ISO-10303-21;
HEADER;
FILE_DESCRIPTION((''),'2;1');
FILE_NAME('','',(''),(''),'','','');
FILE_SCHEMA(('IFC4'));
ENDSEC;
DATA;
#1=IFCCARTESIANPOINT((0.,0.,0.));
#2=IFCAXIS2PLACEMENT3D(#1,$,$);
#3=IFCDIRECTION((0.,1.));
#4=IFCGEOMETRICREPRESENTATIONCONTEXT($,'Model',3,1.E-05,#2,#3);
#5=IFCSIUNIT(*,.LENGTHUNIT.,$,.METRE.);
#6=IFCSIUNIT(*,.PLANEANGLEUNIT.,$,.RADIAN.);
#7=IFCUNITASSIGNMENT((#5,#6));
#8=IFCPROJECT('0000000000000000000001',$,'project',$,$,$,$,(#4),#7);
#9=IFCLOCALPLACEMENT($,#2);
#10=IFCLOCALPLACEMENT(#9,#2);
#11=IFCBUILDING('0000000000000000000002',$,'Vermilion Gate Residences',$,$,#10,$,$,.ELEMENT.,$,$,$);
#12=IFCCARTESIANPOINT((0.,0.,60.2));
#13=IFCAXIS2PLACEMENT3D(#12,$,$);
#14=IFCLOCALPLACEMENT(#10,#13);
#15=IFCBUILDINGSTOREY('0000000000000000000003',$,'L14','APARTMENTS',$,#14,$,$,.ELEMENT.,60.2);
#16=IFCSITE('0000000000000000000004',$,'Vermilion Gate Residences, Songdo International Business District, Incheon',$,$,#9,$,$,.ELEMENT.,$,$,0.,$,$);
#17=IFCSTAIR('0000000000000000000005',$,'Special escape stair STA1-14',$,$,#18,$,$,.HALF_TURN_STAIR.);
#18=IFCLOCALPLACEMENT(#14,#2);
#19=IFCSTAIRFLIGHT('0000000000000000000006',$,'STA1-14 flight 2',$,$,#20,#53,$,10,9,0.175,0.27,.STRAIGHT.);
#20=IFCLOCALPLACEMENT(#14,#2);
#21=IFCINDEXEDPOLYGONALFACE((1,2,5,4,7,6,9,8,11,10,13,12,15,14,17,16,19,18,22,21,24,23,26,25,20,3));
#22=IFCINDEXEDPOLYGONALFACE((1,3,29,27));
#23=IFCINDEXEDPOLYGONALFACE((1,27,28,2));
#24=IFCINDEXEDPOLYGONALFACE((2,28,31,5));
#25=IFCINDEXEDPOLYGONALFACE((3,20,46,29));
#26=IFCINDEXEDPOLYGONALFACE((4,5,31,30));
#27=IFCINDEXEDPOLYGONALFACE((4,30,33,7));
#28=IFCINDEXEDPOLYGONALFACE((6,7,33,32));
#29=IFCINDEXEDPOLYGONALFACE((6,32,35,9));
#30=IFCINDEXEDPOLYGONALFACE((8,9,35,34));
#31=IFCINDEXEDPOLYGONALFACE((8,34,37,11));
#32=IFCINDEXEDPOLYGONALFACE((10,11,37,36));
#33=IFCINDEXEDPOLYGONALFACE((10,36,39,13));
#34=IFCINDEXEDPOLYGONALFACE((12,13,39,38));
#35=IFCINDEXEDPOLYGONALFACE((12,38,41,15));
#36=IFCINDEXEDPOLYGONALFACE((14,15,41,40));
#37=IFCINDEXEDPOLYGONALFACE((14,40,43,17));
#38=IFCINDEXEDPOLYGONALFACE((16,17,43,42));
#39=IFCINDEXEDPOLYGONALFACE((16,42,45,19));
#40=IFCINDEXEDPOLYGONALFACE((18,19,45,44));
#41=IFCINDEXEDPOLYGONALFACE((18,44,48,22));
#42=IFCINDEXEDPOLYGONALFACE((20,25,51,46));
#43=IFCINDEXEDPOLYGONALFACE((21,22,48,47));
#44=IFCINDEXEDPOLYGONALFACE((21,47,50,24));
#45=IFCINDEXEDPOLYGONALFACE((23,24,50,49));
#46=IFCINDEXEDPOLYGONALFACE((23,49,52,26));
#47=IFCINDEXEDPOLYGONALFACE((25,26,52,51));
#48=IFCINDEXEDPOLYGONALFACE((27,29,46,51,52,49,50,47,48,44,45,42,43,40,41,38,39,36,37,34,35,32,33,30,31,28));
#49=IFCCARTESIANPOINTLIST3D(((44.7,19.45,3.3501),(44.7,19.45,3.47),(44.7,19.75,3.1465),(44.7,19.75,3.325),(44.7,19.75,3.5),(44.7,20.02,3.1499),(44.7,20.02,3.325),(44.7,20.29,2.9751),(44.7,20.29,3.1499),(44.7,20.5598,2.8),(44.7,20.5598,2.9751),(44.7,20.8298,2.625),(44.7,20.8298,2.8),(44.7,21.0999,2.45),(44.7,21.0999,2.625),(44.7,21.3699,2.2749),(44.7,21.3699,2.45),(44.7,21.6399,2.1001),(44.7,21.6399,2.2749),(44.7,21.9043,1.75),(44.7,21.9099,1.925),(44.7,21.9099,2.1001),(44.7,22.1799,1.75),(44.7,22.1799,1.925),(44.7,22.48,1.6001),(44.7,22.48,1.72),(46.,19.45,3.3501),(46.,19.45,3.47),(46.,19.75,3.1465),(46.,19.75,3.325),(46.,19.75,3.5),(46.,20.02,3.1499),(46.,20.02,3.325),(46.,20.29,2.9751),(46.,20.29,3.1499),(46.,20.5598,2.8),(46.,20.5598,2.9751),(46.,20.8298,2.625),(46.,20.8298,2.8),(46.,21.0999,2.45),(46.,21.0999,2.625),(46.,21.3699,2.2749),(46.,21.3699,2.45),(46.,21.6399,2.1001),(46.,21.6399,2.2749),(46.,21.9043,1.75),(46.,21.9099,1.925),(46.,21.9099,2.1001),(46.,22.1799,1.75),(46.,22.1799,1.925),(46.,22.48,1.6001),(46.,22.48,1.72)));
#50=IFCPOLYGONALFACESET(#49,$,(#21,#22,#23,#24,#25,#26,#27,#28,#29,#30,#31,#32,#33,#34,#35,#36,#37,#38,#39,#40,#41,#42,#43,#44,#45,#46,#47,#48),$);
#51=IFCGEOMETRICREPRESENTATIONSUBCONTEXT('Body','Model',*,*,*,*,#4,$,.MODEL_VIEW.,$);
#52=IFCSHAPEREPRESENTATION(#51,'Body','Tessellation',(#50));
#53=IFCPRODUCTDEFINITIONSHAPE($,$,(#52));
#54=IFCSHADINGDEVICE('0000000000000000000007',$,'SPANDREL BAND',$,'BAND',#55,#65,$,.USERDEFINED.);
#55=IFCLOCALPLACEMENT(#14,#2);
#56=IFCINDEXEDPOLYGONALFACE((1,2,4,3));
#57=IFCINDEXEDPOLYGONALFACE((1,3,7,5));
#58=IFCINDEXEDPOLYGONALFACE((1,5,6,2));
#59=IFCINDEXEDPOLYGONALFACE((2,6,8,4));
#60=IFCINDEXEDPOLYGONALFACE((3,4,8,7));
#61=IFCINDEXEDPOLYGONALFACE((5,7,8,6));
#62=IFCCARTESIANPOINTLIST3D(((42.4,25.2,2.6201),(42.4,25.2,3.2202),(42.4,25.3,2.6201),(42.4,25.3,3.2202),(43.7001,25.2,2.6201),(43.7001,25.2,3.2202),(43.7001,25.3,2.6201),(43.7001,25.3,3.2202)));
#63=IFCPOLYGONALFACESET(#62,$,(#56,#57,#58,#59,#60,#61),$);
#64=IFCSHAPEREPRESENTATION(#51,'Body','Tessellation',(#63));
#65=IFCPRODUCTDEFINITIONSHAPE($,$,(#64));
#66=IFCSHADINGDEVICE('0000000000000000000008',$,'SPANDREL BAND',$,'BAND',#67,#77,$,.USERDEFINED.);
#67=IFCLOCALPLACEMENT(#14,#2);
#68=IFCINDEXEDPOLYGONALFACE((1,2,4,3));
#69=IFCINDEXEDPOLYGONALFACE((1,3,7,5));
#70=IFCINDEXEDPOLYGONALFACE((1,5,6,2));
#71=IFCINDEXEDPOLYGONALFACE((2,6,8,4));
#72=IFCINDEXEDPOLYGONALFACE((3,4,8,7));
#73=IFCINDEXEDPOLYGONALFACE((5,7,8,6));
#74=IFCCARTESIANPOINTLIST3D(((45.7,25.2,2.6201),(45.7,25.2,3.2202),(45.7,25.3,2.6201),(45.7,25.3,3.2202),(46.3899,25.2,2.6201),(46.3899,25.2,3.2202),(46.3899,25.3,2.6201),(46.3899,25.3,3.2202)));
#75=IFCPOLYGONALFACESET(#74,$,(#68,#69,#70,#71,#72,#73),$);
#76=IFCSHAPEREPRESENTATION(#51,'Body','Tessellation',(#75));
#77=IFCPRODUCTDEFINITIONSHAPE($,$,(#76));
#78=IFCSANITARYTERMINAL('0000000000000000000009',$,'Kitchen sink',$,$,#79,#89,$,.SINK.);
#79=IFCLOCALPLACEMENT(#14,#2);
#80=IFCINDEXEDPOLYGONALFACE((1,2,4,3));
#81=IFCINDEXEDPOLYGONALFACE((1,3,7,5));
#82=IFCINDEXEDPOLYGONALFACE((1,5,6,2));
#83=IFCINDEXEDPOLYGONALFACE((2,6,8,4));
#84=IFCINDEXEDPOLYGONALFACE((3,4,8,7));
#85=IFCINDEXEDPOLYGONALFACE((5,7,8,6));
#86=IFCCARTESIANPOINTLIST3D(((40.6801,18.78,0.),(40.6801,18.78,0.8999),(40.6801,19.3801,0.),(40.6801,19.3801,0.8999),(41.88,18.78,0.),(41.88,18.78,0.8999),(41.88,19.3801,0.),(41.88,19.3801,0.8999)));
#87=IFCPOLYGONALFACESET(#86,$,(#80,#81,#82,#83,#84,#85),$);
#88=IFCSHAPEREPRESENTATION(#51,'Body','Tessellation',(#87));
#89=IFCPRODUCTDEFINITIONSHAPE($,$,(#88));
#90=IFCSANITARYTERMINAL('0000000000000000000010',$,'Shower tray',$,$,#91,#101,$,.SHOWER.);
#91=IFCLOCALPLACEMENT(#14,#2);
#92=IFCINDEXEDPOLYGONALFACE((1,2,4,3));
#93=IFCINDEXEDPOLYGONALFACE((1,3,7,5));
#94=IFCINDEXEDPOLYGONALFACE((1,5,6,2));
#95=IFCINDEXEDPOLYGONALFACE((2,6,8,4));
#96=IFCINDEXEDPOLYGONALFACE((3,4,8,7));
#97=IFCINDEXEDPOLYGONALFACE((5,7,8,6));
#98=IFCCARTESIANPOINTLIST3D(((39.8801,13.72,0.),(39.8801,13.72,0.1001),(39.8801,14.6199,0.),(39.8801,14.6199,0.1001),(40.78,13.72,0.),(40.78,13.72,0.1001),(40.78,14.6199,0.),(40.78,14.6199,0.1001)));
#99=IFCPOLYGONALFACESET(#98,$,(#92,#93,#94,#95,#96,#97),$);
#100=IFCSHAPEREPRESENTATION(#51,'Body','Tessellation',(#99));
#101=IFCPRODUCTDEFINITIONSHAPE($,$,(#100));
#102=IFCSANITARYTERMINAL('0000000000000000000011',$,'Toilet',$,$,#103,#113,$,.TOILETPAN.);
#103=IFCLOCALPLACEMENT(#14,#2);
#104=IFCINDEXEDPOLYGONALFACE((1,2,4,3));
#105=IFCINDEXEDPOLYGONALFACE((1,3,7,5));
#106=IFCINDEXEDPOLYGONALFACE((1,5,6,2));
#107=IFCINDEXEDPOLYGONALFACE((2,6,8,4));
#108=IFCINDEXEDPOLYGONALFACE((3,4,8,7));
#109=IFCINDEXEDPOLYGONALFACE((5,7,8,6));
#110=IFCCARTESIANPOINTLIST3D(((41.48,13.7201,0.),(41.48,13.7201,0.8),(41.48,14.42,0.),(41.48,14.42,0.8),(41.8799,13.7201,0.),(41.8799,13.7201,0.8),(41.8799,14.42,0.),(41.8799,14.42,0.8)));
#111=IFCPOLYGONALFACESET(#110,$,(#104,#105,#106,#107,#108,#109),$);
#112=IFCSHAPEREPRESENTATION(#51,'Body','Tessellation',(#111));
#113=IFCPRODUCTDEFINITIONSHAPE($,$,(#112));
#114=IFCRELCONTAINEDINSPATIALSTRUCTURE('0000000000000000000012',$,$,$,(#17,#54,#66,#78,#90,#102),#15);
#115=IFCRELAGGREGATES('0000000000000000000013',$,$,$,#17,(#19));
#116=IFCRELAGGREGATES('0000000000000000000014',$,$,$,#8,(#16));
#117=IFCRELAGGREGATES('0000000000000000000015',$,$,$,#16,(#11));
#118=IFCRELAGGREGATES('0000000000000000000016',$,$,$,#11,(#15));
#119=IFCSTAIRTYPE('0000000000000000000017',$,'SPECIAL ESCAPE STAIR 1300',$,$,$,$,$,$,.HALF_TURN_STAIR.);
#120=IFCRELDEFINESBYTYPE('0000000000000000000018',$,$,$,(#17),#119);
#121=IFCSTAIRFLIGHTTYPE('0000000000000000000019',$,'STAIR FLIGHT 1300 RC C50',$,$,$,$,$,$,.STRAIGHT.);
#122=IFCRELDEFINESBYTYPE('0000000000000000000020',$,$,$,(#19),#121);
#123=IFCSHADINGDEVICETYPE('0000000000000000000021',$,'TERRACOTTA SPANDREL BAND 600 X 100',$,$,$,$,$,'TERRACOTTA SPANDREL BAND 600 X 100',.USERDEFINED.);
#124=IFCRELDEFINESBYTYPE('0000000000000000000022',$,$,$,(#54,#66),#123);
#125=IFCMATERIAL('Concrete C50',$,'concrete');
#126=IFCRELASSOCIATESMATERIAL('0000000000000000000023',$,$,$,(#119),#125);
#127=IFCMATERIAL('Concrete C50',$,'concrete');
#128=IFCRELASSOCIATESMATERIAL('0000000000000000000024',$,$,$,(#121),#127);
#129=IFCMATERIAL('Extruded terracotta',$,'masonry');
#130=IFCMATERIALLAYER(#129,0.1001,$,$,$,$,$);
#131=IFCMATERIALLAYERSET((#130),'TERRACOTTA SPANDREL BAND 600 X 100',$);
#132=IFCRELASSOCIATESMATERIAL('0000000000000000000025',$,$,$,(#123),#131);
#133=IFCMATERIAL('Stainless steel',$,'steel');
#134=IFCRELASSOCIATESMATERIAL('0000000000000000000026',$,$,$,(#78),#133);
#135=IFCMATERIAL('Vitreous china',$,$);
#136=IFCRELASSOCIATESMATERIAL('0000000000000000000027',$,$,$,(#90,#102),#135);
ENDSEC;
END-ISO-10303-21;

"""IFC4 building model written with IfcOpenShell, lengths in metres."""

from ifc_helpers import new_model, si_unit, direction, frame, origin, origin_2d, place, context, subcontext, project, spatial, polyline, rectangle, outline, extrude, material, layer, layer_set, type_object, element, aggregate, save


model = new_model("IFC4")

# Units and contexts
model_context = context("Model", 3, precision=1e-05, world=origin(), true_north=direction((0.0, 1.0)))
body_context = subcontext(model_context, "Body", "Model", "MODEL_VIEW")
ifc_project = project(units=[si_unit("LENGTHUNIT", "METRE"), si_unit("PLANEANGLEUNIT", "RADIAN")], contexts=[model_context])

# Site, building, storey
site_placement = place(None, origin())
site = spatial("IfcSite", under=ifc_project, at=site_placement, Name="Vermilion Gate Residences, Songdo International Business District, Incheon", CompositionType="ELEMENT", RefElevation=0.0)
building_placement = place(site_placement, origin())
building = spatial("IfcBuilding", under=site, at=building_placement, Name="Vermilion Gate Residences", CompositionType="ELEMENT")
storey_placement = place(building_placement, frame((0.0, 0.0, 60.2)))
storey = spatial("IfcBuildingStorey", under=building, at=storey_placement, Name="L14", Description="APARTMENTS", CompositionType="ELEMENT", Elevation=60.2)

# Stair, stair flight
ifc_material_1 = material(Name="Concrete C50", Category="concrete")
stair_type = type_object("IfcStairType", Name="SPECIAL ESCAPE STAIR 1300", PredefinedType="HALF_TURN_STAIR", material=ifc_material_1)
stair_placement = place(storey_placement, origin())
stair = element("IfcStair", 1, at=stair_placement, inside=storey, type_object=stair_type, Name="Special escape stair STA1-14", PredefinedType="HALF_TURN_STAIR")
ifc_material_2 = material(Name="Concrete C50", Category="concrete")
stair_flight_type = type_object("IfcStairFlightType", Name="STAIR FLIGHT 1300 RC C50", PredefinedType="STRAIGHT", material=ifc_material_2)
stair_flight_1_placement = place(storey_placement, frame((45.3501, 22.1799, 1.75), z_axis=(0.0, 0.0, 1.0), x_axis=(0.0, -1.0, 0.0)))
stair_flight_1 = element("IfcStairFlight", 2, at=stair_flight_1_placement, type_object=stair_flight_type, Name="STA1-14 flight 2", NumberOfRisers=10, NumberOfTreads=9, PredefinedType="STRAIGHT", RiserHeight=0.175, TreadLength=0.27, context=body_context, shape_type="SweptSolid", body=[
    extrude(outline(polyline([(-0.3, -0.1499), (-0.3, -0.03), (0.0, 0.0), (0.0, 0.175), (0.27, 0.175), (0.27, 0.3501), (0.54, 0.3501), (0.54, 0.5249), (0.8101, 0.5249), (0.8101, 0.7), (1.0801, 0.7), (1.0801, 0.875), (1.3501, 0.875), (1.3501, 1.05), (1.6201, 1.05), (1.6201, 1.2251), (1.8899, 1.2251), (1.8899, 1.3999), (2.1599, 1.3999), (2.1599, 1.575), (2.4299, 1.575), (2.4299, 1.75), (2.73, 1.72), (2.73, 1.6001), (2.4299, 1.3965), (0.2756, 0.0), (-0.3, -0.1499)])), frame((0.0, 0.6499, 0.0), z_axis=(0.0, -1.0, 0.0), x_axis=(1.0, 0.0, 0.0)), (0.0, 0.0, 1.0), 1.3),
])
aggregate(stair, [stair_flight_1])

# Shading devices
ifc_material_3 = material(Name="Extruded terracotta", Category="masonry")
ifc_layer_1 = layer(ifc_material_3, 0.1001)
ifc_layer_set_1 = layer_set([ifc_layer_1], Name="TERRACOTTA SPANDREL BAND 600 X 100")
shading_device_type = type_object("IfcShadingDeviceType", Name="TERRACOTTA SPANDREL BAND 600 X 100", ElementType="TERRACOTTA SPANDREL BAND 600 X 100", PredefinedType="USERDEFINED", material=ifc_layer_set_1)
shading_device_1_placement = place(storey_placement, frame((43.05, 25.25, 2.6201), z_axis=(0.0, 0.0, 1.0), x_axis=(1.0, 0.0, 0.0)))
element("IfcShadingDevice", 3, at=shading_device_1_placement, inside=storey, type_object=shading_device_type, Name="SPANDREL BAND", ObjectType="BAND", PredefinedType="USERDEFINED", context=body_context, shape_type="SweptSolid", body=[
    extrude(rectangle(XDim=1.3, YDim=0.1001, at=origin_2d()), origin(), (0.0, 0.0, 1.0), 0.6001),
])
shading_device_2_placement = place(storey_placement, frame((46.0449, 25.25, 2.6201), z_axis=(0.0, 0.0, 1.0), x_axis=(1.0, 0.0, 0.0)))
element("IfcShadingDevice", 4, at=shading_device_2_placement, inside=storey, type_object=shading_device_type, Name="SPANDREL BAND", ObjectType="BAND", PredefinedType="USERDEFINED", context=body_context, shape_type="SweptSolid", body=[
    extrude(rectangle(XDim=0.6899, YDim=0.1001, at=origin_2d()), origin(), (0.0, 0.0, 1.0), 0.6001),
])

# Sanitary terminals
ifc_material_4 = material(Name="Stainless steel", Category="steel")
sanitary_terminal_1_placement = place(storey_placement, frame((41.28, 19.0801, 0.0), z_axis=(0.0, 0.0, 1.0), x_axis=(1.0, 0.0, 0.0)))
element("IfcSanitaryTerminal", 5, at=sanitary_terminal_1_placement, inside=storey, material=ifc_material_4, Name="Kitchen sink", PredefinedType="SINK", context=body_context, shape_type="SweptSolid", body=[
    extrude(rectangle(XDim=1.2, YDim=0.6001, at=origin_2d()), origin(), (0.0, 0.0, 1.0), 0.8999),
])
ifc_material_5 = material(Name="Vitreous china")
sanitary_terminal_2_placement = place(storey_placement, frame((40.3301, 14.1699, 0.0), z_axis=(0.0, 0.0, 1.0), x_axis=(1.0, 0.0, 0.0)))
element("IfcSanitaryTerminal", 6, at=sanitary_terminal_2_placement, inside=storey, material=ifc_material_5, Name="Shower tray", PredefinedType="SHOWER", context=body_context, shape_type="SweptSolid", body=[
    extrude(rectangle(XDim=0.8999, YDim=0.8999, at=origin_2d()), origin(), (0.0, 0.0, 1.0), 0.1001),
])
sanitary_terminal_3_placement = place(storey_placement, frame((41.6799, 14.0701, 0.0), z_axis=(0.0, 0.0, 1.0), x_axis=(1.0, 0.0, 0.0)))
element("IfcSanitaryTerminal", 7, at=sanitary_terminal_3_placement, inside=storey, material=ifc_material_5, Name="Toilet", PredefinedType="TOILETPAN", context=body_context, shape_type="SweptSolid", body=[
    extrude(rectangle(XDim=0.3999, YDim=0.7, at=origin_2d()), origin(), (0.0, 0.0, 1.0), 0.8),
])

save(model, "model.ifc")
